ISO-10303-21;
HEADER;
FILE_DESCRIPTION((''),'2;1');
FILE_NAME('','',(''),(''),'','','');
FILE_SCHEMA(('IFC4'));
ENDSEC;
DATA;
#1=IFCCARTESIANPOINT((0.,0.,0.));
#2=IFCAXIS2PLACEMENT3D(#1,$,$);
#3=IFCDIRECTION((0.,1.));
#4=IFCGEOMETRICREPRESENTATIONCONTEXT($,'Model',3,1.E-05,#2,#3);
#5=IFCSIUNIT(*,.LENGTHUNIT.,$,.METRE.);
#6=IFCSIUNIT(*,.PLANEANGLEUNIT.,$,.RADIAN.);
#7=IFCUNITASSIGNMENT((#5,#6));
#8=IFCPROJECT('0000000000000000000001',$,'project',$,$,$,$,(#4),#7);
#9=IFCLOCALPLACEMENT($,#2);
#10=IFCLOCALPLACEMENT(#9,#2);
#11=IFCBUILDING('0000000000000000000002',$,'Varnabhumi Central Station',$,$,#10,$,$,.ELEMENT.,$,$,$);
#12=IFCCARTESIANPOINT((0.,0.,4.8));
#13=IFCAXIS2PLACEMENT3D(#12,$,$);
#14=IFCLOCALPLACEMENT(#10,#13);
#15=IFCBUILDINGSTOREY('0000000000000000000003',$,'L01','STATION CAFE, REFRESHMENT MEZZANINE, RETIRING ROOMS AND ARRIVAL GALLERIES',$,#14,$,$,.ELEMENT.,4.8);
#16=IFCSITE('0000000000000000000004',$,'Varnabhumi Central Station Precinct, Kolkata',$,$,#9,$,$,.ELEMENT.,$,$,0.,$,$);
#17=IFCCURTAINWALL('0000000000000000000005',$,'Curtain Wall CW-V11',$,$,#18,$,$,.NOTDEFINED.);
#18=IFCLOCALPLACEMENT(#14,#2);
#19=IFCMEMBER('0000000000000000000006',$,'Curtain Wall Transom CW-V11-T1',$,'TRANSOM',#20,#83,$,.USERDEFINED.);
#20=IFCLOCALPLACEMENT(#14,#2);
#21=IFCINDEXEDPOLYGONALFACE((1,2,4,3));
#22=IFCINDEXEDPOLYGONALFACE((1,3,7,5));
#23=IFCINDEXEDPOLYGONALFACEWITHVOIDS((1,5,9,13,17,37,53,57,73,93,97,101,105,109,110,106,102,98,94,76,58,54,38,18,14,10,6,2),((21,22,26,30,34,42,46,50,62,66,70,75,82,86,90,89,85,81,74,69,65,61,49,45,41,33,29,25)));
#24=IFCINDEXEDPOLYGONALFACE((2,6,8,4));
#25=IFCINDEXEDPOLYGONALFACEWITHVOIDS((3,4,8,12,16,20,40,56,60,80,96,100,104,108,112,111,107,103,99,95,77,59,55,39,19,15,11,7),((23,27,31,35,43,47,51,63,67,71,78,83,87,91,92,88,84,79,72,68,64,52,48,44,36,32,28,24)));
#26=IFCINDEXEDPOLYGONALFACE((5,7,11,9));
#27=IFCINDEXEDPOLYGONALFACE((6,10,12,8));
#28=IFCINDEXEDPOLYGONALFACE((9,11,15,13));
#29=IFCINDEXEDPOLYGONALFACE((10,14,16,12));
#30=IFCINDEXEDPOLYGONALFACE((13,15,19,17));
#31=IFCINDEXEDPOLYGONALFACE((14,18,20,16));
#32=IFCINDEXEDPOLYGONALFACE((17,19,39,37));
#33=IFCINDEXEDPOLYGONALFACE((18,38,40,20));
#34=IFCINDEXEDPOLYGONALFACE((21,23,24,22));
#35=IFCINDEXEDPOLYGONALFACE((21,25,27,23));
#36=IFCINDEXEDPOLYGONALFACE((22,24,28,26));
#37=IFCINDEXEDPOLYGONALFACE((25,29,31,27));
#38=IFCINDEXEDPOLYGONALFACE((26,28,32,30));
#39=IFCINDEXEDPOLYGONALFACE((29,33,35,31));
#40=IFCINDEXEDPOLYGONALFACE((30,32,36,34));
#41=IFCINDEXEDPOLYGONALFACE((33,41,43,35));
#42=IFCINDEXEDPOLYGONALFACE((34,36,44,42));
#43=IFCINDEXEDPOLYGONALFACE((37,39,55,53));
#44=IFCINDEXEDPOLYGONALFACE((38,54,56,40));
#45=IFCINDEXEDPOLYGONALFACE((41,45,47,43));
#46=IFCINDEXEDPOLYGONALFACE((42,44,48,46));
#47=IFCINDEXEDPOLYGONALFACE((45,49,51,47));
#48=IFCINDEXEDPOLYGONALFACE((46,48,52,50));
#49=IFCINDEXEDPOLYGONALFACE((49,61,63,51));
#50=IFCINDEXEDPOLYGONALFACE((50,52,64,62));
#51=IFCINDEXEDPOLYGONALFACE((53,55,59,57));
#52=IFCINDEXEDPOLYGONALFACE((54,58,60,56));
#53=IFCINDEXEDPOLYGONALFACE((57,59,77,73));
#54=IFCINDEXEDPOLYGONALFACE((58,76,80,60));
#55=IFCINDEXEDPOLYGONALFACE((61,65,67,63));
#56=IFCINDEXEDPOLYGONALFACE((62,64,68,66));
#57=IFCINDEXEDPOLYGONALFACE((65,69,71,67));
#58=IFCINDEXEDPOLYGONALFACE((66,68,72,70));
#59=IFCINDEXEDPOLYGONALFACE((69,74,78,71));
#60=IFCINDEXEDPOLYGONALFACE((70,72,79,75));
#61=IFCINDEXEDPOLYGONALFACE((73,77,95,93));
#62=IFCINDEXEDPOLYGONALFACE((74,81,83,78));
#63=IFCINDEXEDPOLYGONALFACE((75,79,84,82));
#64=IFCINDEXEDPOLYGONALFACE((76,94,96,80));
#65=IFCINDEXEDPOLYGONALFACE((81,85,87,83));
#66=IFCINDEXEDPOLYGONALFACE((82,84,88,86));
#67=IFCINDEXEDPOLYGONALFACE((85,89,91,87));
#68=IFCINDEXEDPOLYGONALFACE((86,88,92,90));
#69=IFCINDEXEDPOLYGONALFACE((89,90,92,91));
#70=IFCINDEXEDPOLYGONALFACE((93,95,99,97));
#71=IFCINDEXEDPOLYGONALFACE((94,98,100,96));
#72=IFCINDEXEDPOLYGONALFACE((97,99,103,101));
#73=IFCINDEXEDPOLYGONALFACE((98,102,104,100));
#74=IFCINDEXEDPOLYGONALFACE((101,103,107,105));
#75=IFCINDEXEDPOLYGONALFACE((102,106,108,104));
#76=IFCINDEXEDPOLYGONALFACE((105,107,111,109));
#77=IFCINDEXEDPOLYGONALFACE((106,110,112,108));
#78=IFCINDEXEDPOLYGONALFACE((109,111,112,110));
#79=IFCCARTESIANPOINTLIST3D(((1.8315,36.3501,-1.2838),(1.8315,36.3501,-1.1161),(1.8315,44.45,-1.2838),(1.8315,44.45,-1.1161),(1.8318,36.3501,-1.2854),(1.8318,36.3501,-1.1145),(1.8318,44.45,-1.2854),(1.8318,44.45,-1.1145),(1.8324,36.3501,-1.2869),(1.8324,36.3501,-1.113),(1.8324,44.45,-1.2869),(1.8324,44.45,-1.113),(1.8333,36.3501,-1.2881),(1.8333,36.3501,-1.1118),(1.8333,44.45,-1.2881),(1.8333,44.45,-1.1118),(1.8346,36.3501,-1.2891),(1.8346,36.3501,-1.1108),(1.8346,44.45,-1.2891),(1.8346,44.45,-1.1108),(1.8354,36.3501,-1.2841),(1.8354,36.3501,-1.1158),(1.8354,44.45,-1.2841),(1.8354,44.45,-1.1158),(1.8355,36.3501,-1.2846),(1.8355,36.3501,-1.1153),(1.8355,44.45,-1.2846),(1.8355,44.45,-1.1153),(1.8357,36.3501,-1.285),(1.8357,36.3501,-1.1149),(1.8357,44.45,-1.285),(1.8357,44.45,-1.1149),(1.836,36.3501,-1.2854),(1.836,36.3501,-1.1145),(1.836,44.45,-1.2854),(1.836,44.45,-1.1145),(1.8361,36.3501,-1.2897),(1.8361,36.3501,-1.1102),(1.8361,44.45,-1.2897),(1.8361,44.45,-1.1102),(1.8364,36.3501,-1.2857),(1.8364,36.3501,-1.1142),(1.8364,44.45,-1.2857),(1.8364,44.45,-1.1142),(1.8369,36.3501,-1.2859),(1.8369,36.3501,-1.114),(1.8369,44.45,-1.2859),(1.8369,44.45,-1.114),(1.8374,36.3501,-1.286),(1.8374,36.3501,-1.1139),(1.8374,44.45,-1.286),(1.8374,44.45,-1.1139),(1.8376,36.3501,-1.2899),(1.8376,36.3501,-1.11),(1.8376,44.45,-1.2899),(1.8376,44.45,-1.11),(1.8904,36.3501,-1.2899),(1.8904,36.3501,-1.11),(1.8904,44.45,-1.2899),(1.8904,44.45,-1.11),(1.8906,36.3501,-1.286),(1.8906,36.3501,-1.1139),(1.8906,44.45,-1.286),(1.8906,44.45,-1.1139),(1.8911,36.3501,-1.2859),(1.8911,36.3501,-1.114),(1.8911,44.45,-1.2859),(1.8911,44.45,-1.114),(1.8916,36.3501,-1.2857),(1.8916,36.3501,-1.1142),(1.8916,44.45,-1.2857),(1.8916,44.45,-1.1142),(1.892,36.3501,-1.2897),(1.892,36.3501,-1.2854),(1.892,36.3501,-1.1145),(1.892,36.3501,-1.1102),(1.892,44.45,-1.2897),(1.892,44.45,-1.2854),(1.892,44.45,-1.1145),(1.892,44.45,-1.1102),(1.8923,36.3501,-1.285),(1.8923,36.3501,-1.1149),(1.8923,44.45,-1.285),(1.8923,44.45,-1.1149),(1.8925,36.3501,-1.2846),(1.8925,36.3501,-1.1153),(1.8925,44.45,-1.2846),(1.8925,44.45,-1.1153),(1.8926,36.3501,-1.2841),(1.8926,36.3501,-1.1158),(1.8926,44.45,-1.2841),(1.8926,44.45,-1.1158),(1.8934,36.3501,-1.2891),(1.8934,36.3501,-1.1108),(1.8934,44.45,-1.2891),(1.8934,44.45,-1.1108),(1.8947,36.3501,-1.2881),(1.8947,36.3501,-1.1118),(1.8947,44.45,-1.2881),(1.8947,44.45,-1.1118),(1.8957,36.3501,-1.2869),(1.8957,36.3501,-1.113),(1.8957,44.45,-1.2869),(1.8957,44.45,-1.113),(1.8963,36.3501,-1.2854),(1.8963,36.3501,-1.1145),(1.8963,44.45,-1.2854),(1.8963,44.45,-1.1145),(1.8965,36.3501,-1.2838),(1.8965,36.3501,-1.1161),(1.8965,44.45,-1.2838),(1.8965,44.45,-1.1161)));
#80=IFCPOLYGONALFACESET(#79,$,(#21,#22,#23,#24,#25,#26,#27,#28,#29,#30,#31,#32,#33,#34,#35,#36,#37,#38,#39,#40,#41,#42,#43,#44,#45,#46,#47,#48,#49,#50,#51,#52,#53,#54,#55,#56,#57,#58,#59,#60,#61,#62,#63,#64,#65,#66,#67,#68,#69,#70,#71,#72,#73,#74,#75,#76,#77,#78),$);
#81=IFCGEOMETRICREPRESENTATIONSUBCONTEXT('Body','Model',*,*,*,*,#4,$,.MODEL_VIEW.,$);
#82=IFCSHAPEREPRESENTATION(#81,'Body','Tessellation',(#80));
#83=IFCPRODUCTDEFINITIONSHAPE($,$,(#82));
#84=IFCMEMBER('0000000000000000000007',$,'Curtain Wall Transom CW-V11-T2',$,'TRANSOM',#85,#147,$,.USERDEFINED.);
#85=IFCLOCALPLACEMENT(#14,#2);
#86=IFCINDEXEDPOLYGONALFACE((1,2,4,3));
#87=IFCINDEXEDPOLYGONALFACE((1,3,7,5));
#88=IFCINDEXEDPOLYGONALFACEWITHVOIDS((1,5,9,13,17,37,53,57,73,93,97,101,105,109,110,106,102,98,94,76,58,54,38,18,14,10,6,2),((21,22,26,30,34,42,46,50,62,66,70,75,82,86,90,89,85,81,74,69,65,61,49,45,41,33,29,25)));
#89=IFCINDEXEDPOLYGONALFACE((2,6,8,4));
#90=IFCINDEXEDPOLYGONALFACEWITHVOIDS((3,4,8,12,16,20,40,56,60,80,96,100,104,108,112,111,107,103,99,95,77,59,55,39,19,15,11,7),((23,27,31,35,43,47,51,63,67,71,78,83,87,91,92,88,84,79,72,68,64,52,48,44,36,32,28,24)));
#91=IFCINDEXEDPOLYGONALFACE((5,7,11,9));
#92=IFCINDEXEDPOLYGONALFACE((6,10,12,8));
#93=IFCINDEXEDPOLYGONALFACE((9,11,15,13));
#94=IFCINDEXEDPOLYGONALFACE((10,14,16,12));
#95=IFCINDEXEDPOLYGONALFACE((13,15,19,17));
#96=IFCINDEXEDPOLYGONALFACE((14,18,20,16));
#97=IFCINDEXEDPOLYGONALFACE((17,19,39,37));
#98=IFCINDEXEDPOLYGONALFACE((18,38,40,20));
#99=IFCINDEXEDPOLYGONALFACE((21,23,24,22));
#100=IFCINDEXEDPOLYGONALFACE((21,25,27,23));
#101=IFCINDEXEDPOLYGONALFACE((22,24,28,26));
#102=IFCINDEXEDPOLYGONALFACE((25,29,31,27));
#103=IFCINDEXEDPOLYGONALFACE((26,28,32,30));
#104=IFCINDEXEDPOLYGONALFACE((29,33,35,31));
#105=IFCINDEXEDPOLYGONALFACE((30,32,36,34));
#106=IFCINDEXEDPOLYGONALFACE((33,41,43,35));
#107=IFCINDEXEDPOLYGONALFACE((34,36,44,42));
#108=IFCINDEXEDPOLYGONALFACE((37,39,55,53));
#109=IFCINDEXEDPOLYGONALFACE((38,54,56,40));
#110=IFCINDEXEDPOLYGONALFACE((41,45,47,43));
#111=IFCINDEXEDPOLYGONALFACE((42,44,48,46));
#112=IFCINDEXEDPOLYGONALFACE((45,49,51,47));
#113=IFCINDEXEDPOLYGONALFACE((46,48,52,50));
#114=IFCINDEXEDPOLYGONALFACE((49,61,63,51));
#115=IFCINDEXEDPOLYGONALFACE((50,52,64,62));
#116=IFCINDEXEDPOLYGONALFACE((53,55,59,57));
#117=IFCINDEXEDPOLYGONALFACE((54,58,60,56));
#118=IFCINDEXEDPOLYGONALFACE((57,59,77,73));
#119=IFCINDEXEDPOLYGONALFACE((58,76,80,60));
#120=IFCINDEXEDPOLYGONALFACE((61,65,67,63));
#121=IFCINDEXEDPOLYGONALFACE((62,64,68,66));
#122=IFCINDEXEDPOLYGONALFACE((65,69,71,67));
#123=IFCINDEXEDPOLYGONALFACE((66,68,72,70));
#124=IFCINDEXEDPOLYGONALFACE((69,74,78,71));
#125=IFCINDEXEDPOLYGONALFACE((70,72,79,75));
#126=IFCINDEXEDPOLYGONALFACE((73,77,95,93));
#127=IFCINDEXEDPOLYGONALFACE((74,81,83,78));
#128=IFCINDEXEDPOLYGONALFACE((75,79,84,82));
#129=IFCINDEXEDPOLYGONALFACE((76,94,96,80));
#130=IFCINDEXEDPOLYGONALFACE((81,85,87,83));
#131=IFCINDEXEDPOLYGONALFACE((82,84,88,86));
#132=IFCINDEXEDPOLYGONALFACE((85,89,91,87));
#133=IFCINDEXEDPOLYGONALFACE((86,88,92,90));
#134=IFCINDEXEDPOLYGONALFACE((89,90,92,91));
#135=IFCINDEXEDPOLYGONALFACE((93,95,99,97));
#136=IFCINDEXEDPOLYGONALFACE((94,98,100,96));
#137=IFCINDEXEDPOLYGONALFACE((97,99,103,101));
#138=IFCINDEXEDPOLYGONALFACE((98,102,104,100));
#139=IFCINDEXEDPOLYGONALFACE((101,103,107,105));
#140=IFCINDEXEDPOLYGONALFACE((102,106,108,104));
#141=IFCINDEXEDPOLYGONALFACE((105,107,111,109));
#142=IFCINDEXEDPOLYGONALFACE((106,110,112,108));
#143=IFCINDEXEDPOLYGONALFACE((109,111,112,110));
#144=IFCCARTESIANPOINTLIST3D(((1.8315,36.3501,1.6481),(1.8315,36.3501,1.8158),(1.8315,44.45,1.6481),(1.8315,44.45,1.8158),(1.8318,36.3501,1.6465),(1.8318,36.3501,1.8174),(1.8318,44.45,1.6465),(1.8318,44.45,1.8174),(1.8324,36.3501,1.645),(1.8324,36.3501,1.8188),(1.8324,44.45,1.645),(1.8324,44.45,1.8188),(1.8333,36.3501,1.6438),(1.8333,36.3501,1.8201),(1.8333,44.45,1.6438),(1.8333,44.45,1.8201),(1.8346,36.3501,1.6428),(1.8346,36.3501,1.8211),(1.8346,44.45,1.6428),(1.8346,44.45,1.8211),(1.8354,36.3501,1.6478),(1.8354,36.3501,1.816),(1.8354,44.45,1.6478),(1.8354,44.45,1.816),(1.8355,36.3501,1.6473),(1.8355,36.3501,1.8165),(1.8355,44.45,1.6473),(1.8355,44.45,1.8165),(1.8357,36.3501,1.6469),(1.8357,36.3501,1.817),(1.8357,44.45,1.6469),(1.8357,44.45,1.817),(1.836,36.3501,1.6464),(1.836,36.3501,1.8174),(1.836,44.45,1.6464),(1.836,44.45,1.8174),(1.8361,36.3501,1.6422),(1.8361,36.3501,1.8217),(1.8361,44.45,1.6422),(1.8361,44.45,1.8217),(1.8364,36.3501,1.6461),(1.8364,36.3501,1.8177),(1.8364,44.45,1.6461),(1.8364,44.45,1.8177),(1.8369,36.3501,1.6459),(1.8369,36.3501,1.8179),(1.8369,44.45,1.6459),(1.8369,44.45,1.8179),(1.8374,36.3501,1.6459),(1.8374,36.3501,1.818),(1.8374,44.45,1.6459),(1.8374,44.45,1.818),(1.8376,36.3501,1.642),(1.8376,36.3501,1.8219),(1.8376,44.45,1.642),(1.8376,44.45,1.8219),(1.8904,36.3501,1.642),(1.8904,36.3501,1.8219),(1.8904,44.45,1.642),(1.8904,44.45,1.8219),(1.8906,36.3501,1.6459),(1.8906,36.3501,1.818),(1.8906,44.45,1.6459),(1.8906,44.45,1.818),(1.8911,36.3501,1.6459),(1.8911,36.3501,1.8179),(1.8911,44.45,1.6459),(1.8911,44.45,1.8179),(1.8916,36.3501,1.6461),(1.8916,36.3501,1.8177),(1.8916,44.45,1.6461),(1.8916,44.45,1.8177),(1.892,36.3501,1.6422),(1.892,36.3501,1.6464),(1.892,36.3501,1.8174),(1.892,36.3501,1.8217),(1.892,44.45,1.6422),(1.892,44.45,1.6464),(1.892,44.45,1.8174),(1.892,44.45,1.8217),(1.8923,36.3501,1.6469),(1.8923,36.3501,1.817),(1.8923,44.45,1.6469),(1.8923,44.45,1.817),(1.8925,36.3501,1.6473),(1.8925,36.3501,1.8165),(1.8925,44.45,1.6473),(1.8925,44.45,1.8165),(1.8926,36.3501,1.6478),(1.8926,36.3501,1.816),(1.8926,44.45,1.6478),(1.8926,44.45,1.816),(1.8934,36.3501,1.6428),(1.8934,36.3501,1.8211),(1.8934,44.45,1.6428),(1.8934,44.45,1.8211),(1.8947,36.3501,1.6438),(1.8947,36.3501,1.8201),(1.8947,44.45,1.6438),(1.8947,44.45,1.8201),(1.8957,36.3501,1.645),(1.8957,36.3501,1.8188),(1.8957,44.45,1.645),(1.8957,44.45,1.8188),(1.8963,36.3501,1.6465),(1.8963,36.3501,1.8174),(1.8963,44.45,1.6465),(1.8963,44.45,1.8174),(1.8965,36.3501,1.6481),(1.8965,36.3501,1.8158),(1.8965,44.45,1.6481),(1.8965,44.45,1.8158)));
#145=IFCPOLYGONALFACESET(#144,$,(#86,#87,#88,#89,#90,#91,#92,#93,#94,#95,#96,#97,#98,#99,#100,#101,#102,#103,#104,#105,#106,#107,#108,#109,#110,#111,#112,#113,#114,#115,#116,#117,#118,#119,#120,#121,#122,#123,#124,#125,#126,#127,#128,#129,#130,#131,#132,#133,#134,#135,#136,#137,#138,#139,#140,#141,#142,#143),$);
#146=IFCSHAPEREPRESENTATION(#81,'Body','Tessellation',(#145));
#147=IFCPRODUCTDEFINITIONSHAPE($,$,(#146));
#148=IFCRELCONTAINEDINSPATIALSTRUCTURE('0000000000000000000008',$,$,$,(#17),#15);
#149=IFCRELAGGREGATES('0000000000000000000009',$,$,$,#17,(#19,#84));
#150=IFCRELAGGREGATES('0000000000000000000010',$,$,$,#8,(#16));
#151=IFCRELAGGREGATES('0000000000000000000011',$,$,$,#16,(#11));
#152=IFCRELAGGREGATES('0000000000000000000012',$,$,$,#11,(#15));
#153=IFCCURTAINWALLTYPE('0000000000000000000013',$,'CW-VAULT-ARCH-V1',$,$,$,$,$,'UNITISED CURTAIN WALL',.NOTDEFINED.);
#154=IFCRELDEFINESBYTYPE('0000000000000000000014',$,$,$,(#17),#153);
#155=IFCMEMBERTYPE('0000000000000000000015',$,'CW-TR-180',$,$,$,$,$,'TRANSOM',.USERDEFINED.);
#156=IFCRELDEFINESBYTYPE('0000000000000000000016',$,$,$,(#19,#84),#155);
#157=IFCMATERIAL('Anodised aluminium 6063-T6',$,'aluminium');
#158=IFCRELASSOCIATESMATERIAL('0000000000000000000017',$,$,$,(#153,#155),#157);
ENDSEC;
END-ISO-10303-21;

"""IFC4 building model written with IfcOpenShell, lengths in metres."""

from ifc_helpers import new_model, si_unit, direction, frame, origin, origin_2d, place, context, subcontext, project, spatial, hollow_rectangle, extrude, material, material_profile, profile_set, type_object, element, aggregate, save


model = new_model("IFC4")

# Units and contexts
model_context = context("Model", 3, precision=1e-05, world=origin(), true_north=direction((0.0, 1.0)))
body_context = subcontext(model_context, "Body", "Model", "MODEL_VIEW")
ifc_project = project(units=[si_unit("LENGTHUNIT", "METRE"), si_unit("PLANEANGLEUNIT", "RADIAN")], contexts=[model_context])

# Site, building, storey
site_placement = place(None, origin())
site = spatial("IfcSite", under=ifc_project, at=site_placement, Name="Varnabhumi Central Station Precinct, Kolkata", CompositionType="ELEMENT", RefElevation=0.0)
building_placement = place(site_placement, origin())
building = spatial("IfcBuilding", under=site, at=building_placement, Name="Varnabhumi Central Station", CompositionType="ELEMENT")
storey_placement = place(building_placement, frame((0.0, 0.0, 4.8)))
storey = spatial("IfcBuildingStorey", under=building, at=storey_placement, Name="L01", Description="STATION CAFE, REFRESHMENT MEZZANINE, RETIRING ROOMS AND ARRIVAL GALLERIES", CompositionType="ELEMENT", Elevation=4.8)

# Shared definitions
ifc_material_1 = material(Name="Anodised aluminium 6063-T6", Category="aluminium")

# Curtain wall, members
curtain_wall_type_1 = type_object("IfcCurtainWallType", Name="CW-VAULT-ARCH-V1", ElementType="UNITISED CURTAIN WALL", PredefinedType="NOTDEFINED", material=ifc_material_1)
curtain_wall_1_placement = place(storey_placement, origin())
curtain_wall_1 = element("IfcCurtainWall", 1, at=curtain_wall_1_placement, inside=storey, type_object=curtain_wall_type_1, Name="Curtain Wall CW-V11", PredefinedType="NOTDEFINED")
ifc_material_profile_1 = material_profile(ifc_material_1, hollow_rectangle(XDim=0.0649, YDim=0.1799, WallThickness=0.0039, InnerFilletRadius=0.002, OuterFilletRadius=0.0061, at=origin_2d()), Name="Anodised aluminium 6063-T6", Category="aluminium")
ifc_profile_set_1 = profile_set([ifc_material_profile_1], Name="Anodised aluminium 6063-T6")
member_type_1 = type_object("IfcMemberType", Name="CW-TR-180", ElementType="TRANSOM", PredefinedType="USERDEFINED", material=ifc_profile_set_1)
member_1_placement = place(storey_placement, frame((1.864, 36.3501, -1.2), z_axis=(0.0, 1.0, 0.0), x_axis=(-1.0, 0.0, 0.0)))
member_1 = element("IfcMember", 2, at=member_1_placement, type_object=member_type_1, Name="Curtain Wall Transom CW-V11-T1", ObjectType="TRANSOM", PredefinedType="USERDEFINED", context=body_context, shape_type="SweptSolid", body=[
    extrude(hollow_rectangle(XDim=0.0649, YDim=0.1799, WallThickness=0.0039, InnerFilletRadius=0.002, OuterFilletRadius=0.0061, at=origin_2d()), origin(), (0.0, 0.0, 1.0), 8.0999),
])
member_2_placement = place(storey_placement, frame((1.864, 36.3501, 1.7319), z_axis=(0.0, 1.0, 0.0), x_axis=(-1.0, 0.0, 0.0)))
member_2 = element("IfcMember", 3, at=member_2_placement, type_object=member_type_1, Name="Curtain Wall Transom CW-V11-T2", ObjectType="TRANSOM", PredefinedType="USERDEFINED", context=body_context, shape_type="SweptSolid", body=[
    extrude(hollow_rectangle(XDim=0.0649, YDim=0.1799, WallThickness=0.0039, InnerFilletRadius=0.002, OuterFilletRadius=0.0061, at=origin_2d()), origin(), (0.0, 0.0, 1.0), 8.0999),
])

aggregate(curtain_wall_1, [member_1, member_2])

save(model, "model.ifc")
